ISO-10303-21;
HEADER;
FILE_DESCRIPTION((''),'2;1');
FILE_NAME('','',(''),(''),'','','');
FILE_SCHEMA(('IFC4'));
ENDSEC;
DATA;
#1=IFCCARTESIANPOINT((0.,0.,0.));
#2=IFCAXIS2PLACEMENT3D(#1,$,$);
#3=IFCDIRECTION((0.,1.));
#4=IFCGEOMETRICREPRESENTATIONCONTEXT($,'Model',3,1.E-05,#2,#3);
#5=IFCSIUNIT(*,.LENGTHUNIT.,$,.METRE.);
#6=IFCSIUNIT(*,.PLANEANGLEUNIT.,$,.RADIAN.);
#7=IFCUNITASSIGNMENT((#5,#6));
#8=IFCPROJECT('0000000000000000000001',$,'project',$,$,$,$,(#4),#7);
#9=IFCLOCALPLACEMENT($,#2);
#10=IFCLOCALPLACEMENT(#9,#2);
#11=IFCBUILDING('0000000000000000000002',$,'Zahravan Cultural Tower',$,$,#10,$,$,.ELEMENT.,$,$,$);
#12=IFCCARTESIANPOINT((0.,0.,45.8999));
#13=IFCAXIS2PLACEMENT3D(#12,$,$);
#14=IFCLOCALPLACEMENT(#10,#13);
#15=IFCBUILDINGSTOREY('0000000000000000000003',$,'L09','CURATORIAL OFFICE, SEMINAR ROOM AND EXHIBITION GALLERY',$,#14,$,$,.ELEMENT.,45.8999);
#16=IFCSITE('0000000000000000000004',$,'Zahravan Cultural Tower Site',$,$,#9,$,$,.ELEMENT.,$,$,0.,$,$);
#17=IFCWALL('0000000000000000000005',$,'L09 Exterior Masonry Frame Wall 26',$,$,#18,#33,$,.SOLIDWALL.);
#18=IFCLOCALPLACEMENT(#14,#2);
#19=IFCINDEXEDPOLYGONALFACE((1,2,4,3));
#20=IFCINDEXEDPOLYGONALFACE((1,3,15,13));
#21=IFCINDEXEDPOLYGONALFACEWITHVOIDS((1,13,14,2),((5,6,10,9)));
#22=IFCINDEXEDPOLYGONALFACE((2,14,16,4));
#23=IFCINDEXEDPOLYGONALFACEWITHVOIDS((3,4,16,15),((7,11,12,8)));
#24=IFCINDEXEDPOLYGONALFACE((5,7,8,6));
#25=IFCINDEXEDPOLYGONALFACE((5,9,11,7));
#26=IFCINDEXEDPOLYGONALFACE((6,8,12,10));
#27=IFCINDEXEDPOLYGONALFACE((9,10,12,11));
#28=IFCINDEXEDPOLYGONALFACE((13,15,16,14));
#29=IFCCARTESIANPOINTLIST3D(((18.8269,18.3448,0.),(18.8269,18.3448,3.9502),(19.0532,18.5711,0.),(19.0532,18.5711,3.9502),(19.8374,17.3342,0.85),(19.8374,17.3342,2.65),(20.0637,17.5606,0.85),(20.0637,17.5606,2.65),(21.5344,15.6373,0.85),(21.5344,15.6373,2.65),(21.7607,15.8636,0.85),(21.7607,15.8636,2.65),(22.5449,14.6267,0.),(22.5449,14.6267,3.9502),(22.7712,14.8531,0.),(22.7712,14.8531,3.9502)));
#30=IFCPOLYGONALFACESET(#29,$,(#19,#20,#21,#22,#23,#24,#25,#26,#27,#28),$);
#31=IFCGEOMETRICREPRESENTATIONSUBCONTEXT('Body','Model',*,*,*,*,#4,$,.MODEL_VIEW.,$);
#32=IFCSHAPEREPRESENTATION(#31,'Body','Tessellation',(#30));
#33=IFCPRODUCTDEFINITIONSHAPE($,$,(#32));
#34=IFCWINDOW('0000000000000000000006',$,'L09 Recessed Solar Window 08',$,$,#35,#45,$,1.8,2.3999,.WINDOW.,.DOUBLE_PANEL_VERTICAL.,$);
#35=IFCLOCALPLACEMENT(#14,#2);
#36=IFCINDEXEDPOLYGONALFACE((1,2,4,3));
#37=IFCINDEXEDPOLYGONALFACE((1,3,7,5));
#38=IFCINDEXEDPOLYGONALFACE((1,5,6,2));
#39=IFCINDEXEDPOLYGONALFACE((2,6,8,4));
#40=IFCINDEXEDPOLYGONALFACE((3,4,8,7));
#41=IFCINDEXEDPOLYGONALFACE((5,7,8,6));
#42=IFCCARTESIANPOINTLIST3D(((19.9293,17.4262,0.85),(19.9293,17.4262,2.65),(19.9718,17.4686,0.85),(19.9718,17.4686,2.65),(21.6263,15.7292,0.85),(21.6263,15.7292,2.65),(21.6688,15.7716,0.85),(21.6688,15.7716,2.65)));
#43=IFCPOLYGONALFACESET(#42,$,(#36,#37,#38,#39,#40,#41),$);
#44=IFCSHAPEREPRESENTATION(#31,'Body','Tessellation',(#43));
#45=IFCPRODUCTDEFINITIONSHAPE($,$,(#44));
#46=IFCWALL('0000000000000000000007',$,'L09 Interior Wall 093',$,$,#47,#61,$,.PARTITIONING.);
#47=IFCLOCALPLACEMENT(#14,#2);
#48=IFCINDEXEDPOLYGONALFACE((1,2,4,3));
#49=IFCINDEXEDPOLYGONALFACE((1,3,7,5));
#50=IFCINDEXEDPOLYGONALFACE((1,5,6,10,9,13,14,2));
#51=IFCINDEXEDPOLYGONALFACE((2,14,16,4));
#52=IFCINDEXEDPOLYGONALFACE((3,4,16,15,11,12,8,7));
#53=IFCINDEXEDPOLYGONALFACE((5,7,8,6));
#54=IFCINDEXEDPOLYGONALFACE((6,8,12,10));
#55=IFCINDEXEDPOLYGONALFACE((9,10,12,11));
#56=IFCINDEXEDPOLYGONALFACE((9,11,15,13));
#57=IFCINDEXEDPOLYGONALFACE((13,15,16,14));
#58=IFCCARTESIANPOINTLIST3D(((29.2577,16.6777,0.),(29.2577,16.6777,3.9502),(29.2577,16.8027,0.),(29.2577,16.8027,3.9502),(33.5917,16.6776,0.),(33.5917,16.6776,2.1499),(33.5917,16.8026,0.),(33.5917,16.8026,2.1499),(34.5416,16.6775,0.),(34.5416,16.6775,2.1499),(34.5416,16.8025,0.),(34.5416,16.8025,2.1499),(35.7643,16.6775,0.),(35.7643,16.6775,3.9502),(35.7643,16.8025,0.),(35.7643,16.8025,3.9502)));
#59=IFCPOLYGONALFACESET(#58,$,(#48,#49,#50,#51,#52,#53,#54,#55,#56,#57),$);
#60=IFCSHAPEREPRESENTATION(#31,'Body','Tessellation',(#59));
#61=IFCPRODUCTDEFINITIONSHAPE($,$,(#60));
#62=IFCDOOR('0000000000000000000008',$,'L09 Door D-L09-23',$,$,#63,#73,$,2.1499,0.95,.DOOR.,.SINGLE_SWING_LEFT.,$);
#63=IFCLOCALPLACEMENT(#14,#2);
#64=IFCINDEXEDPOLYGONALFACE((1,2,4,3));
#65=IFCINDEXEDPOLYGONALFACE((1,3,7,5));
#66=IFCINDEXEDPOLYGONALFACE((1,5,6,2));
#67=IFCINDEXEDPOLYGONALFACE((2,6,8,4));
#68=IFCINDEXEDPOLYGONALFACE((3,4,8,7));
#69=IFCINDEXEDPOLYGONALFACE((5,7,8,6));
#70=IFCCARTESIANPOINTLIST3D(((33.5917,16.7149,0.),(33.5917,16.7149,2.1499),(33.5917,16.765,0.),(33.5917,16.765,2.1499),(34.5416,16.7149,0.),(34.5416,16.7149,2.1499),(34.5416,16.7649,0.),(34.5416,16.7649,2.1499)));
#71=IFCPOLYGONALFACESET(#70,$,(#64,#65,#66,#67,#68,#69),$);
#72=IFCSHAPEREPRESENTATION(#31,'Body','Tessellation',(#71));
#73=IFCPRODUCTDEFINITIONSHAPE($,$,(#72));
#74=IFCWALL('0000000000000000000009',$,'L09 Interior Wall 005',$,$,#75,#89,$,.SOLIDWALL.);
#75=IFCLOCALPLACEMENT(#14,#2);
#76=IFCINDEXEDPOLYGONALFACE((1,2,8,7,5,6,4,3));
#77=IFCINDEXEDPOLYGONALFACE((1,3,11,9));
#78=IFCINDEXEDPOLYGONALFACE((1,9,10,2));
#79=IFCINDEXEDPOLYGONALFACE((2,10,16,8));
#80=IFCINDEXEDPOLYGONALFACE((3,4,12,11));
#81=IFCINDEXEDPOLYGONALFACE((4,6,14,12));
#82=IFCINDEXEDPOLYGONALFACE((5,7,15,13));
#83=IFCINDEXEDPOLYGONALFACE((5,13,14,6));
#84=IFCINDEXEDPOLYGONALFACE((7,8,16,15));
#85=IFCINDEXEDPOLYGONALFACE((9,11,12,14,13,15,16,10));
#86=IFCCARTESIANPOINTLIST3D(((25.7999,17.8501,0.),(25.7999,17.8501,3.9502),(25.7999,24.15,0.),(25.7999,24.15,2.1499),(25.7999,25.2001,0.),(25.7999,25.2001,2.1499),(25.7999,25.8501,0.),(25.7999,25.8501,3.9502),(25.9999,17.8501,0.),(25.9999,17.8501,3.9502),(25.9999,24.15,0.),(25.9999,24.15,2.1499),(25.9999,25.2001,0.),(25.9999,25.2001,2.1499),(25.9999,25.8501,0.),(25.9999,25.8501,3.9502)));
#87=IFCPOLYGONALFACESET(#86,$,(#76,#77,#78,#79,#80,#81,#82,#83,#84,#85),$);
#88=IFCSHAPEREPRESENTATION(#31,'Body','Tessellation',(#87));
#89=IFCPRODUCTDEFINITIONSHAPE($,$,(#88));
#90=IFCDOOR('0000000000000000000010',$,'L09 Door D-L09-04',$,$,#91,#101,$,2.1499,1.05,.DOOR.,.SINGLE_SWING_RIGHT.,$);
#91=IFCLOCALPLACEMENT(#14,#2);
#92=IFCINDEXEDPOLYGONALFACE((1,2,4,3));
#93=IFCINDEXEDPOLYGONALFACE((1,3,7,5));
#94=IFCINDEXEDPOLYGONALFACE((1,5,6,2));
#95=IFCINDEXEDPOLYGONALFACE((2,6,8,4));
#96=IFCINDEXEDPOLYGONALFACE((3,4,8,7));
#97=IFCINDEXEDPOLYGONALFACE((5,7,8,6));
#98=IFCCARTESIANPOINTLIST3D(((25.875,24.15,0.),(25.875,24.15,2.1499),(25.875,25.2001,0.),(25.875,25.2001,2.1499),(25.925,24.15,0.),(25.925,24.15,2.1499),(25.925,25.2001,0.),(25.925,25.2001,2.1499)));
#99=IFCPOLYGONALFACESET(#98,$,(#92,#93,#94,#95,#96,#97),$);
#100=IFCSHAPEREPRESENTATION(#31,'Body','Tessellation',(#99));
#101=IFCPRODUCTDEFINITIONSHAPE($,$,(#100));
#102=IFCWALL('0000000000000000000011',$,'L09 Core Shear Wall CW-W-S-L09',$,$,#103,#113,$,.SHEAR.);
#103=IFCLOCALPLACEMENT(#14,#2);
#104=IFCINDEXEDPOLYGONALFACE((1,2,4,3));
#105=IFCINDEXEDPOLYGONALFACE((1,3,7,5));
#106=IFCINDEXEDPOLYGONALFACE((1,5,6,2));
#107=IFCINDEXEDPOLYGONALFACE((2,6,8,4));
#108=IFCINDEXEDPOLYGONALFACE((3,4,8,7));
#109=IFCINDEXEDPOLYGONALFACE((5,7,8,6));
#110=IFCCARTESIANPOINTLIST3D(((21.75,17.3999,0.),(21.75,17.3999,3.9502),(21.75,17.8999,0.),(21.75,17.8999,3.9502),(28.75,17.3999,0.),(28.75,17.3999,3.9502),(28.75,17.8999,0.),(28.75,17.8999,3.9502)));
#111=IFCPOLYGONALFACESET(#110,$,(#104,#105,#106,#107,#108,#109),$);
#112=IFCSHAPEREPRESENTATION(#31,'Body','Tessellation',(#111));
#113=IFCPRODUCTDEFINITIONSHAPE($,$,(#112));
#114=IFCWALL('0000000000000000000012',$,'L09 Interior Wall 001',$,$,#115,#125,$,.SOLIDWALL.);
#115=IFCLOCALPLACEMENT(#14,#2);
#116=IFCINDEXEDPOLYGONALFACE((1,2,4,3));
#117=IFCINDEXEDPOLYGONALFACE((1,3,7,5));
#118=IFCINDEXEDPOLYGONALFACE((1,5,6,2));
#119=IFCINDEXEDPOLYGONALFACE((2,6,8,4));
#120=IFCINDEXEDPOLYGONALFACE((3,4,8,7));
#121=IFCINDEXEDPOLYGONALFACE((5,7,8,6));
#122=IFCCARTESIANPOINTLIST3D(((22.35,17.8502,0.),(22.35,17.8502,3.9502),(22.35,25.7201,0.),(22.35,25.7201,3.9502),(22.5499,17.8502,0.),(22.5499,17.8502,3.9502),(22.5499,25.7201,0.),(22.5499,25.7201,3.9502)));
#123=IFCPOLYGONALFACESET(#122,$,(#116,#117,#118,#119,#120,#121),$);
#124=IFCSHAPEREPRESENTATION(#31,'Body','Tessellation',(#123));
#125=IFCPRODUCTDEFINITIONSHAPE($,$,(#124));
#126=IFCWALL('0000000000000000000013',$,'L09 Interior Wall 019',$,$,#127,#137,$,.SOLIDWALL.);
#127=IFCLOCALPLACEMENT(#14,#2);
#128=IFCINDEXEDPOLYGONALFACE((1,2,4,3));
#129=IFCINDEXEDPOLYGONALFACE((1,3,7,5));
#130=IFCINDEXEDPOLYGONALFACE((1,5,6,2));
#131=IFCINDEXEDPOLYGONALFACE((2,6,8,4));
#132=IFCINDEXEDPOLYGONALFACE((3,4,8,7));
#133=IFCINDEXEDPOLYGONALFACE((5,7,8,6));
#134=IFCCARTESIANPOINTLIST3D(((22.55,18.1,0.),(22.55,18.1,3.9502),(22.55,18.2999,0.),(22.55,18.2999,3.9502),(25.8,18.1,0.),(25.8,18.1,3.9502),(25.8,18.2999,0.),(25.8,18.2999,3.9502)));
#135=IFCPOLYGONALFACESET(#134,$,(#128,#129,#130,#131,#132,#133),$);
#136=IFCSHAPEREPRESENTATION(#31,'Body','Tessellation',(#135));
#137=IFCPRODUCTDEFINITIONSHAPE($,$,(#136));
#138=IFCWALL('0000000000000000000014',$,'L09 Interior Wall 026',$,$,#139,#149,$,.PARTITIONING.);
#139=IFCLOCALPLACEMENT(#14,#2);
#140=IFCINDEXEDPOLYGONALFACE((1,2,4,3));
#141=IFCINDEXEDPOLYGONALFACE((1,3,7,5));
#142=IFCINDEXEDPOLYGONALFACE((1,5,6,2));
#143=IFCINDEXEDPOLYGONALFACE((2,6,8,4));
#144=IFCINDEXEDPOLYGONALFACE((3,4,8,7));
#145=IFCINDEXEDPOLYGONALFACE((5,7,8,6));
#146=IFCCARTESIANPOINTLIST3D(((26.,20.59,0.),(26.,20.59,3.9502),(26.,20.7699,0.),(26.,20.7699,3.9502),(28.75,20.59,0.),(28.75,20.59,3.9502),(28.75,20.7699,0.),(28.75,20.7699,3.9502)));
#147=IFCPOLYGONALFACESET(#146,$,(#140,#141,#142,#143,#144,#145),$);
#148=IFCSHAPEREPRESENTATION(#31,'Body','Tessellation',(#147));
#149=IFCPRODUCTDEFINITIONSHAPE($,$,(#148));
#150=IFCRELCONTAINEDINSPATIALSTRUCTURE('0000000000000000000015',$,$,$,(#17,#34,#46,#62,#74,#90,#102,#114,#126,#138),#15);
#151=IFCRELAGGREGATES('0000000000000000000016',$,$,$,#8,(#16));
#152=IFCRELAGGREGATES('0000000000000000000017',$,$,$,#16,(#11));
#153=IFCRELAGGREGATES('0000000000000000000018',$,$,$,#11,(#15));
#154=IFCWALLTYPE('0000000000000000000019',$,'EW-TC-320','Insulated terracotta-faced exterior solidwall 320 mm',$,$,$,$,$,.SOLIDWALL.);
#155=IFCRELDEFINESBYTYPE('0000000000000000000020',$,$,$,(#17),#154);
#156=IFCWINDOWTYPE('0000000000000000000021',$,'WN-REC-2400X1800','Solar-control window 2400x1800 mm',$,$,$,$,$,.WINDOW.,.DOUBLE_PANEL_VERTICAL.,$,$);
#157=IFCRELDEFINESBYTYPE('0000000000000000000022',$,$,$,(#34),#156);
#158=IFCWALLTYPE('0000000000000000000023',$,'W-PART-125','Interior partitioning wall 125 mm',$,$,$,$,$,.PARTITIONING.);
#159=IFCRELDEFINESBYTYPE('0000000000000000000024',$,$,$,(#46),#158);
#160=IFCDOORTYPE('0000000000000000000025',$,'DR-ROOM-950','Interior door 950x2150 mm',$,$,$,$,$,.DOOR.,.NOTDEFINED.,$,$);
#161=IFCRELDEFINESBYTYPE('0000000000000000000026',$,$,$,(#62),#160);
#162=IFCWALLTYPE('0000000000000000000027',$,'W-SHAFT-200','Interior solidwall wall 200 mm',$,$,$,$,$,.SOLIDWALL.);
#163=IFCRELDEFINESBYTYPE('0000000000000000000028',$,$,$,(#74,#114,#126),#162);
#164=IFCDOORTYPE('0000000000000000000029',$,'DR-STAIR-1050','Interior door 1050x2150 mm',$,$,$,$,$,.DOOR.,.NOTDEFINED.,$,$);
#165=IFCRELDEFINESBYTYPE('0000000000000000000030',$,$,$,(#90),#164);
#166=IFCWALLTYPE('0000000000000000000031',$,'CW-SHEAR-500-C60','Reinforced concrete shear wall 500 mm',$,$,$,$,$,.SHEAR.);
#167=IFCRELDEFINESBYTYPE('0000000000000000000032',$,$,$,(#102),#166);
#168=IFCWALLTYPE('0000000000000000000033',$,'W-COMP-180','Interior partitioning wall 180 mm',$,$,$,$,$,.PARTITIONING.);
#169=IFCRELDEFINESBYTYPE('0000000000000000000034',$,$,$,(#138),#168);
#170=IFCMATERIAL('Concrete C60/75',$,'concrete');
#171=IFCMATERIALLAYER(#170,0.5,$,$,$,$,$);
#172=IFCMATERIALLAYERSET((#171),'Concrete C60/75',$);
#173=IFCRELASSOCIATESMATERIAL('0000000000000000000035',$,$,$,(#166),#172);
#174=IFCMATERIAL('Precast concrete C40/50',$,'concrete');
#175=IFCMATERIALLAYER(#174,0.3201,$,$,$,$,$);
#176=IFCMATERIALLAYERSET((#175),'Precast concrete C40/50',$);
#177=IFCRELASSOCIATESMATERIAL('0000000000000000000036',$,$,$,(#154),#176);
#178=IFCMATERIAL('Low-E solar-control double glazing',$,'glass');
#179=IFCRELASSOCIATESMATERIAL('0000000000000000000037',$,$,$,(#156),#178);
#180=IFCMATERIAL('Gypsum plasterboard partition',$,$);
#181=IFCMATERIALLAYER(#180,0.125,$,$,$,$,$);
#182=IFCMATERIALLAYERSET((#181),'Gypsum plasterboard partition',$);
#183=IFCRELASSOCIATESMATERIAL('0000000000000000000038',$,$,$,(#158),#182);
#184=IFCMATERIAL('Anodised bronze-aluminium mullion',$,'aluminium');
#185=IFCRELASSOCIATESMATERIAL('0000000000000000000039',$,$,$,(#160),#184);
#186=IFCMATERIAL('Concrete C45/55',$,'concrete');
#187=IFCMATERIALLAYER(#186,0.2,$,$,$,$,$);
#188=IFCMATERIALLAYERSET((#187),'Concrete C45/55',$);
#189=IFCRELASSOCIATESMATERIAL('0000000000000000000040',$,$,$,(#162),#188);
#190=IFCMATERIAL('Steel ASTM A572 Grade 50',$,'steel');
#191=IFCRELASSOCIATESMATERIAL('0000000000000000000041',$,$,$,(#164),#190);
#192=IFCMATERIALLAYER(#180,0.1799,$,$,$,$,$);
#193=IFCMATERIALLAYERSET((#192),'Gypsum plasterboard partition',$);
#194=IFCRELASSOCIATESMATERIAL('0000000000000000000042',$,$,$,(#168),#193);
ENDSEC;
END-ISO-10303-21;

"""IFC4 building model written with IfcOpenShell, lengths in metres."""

from ifc_helpers import new_model, si_unit, direction, frame, frame_2d, origin, place, context, subcontext, project, spatial, rectangle, extrude, source, transform, mapped, material, layer, layer_set, type_object, element, fill, save


model = new_model("IFC4")

# Units and contexts
model_context = context("Model", 3, precision=1e-05, world=origin(), true_north=direction((0.0, 1.0)))
body_context = subcontext(model_context, "Body", "Model", "MODEL_VIEW")
ifc_project = project(units=[si_unit("LENGTHUNIT", "METRE"), si_unit("PLANEANGLEUNIT", "RADIAN")], contexts=[model_context])

# Site, building, storey
site_placement = place(None, origin())
site = spatial("IfcSite", under=ifc_project, at=site_placement, Name="Zahravan Cultural Tower Site", CompositionType="ELEMENT", RefElevation=0.0)
building_placement = place(site_placement, origin())
building = spatial("IfcBuilding", under=site, at=building_placement, Name="Zahravan Cultural Tower", CompositionType="ELEMENT")
storey_placement = place(building_placement, frame((0.0, 0.0, 45.8999)))
storey = spatial("IfcBuildingStorey", under=building, at=storey_placement, Name="L09", Description="CURATORIAL OFFICE, SEMINAR ROOM AND EXHIBITION GALLERY", CompositionType="ELEMENT", Elevation=45.8999)

# Shared definitions
ifc_material_1 = material(Name="Concrete C60/75", Category="concrete")

# Shared definitions
ifc_material_2 = material(Name="Anodised bronze-aluminium mullion", Category="aluminium")
ifc_material_3 = material(Name="Low-E solar-control double glazing", Category="glass")

# Shared definitions
ifc_layer_1 = layer(ifc_material_1, 0.5)
ifc_layer_set_1 = layer_set([ifc_layer_1], Name="Concrete C60/75")
wall_type_1 = type_object("IfcWallType", Name="CW-SHEAR-500-C60", Description="Reinforced concrete shear wall 500 mm", PredefinedType="SHEAR", material=ifc_layer_set_1)
ifc_material_4 = material(Name="Steel ASTM A572 Grade 50", Category="steel")

# Wall, opening, window
ifc_material_5 = material(Name="Precast concrete C40/50", Category="concrete")
ifc_layer_2 = layer(ifc_material_5, 0.3201)
ifc_layer_set_2 = layer_set([ifc_layer_2], Name="Precast concrete C40/50")
wall_type_2 = type_object("IfcWallType", Name="EW-TC-320", Description="Insulated terracotta-faced exterior solidwall 320 mm", PredefinedType="SOLIDWALL", material=ifc_layer_set_2)
window_type = type_object("IfcWindowType", Name="WN-REC-2400X1800", Description="Solar-control window 2400x1800 mm", PartitioningType="DOUBLE_PANEL_VERTICAL", PredefinedType="WINDOW", material=ifc_material_3)
shared_shape_1 = source(origin(), body_context, "Body", "SweptSolid", [
    extrude(rectangle(XDim=2.3999, YDim=1.8, at=frame_2d((1.2, 0.8999))), frame((0.0, 0.03, 0.0), z_axis=(0.0, -1.0, 0.0), x_axis=(1.0, 0.0, 0.0)), (0.0, 0.0, 1.0), 0.0601),
])
wall_1_placement = place(storey_placement, frame((22.658, 14.74, 0.0), z_axis=(0.0, 0.0, 1.0), x_axis=(-0.707107, 0.707107, 0.0)))
wall_1 = element("IfcWall", 1, at=wall_1_placement, inside=storey, type_object=wall_type_2, Name="L09 Exterior Masonry Frame Wall 26", PredefinedType="SOLIDWALL", context=body_context, shape_type="SweptSolid", body=[
    extrude(rectangle(XDim=5.2581, YDim=0.3201, at=frame_2d((2.6289, 0.0))), origin(), (0.0, 0.0, 1.0), 3.9502),
])
opening_1_placement = place(wall_1_placement, frame((1.429, 0.0, 0.8501)))
opening_1 = element("IfcOpeningElement", 2, at=opening_1_placement, cuts=wall_1, PredefinedType="OPENING", context=body_context, shape_type="SweptSolid", body=[
    extrude(rectangle(XDim=2.3999, YDim=1.8, at=frame_2d((1.2, 0.8999))), frame((0.0, 0.1699, 0.0), z_axis=(0.0, -1.0, 0.0), x_axis=(1.0, 0.0, 0.0)), (0.0, 0.0, 1.0), 0.3401),
])
window_1_placement = place(opening_1_placement, origin())
window_1 = element("IfcWindow", 3, at=window_1_placement, inside=storey, type_object=window_type, Name="L09 Recessed Solar Window 08", OverallHeight=1.8, OverallWidth=2.3999, PartitioningType="DOUBLE_PANEL_VERTICAL", PredefinedType="WINDOW", context=body_context, shape_type="MappedRepresentation", body=[
    mapped(shared_shape_1, transform((0.0, 0.0, 0.0), x_axis=(1.0, 0.0, 0.0), y_axis=(0.0, 1.0, 0.0), z_axis=(0.0, 0.0, 1.0), scale=1.0)),
])
fill(opening_1, window_1)

# Walls, openings, doors
ifc_material_6 = material(Name="Gypsum plasterboard partition")
ifc_layer_3 = layer(ifc_material_6, 0.125)
ifc_layer_set_3 = layer_set([ifc_layer_3], Name="Gypsum plasterboard partition")
wall_type_3 = type_object("IfcWallType", Name="W-PART-125", Description="Interior partitioning wall 125 mm", PredefinedType="PARTITIONING", material=ifc_layer_set_3)
wall_2_placement = place(storey_placement, frame((29.2576, 16.7402, 0.0), z_axis=(0.0, 0.0, 1.0), x_axis=(1.0, -0.000038, 0.0)))
wall_2 = element("IfcWall", 4, at=wall_2_placement, inside=storey, type_object=wall_type_3, Name="L09 Interior Wall 093", PredefinedType="PARTITIONING", context=body_context, shape_type="SweptSolid", body=[
    extrude(rectangle(XDim=6.5066, YDim=0.125, at=frame_2d((3.2534, 0.0))), origin(), (0.0, 0.0, 1.0), 3.9502),
])
opening_2_placement = place(wall_2_placement, frame((4.334, 0.0, 0.0)))
opening_2 = element("IfcOpeningElement", 5, at=opening_2_placement, cuts=wall_2, PredefinedType="OPENING", context=body_context, shape_type="SweptSolid", body=[
    extrude(rectangle(XDim=0.95, YDim=2.1499, at=frame_2d((0.4751, 1.075))), frame((0.0, 0.0725, 0.0), z_axis=(0.0, -1.0, 0.0), x_axis=(1.0, 0.0, 0.0)), (0.0, 0.0, 1.0), 0.145),
])
door_type_1 = type_object("IfcDoorType", Name="DR-ROOM-950", Description="Interior door 950x2150 mm", OperationType="NOTDEFINED", PredefinedType="DOOR", material=ifc_material_2)
shared_shape_2 = source(origin(), body_context, "Body", "SweptSolid", [
    extrude(rectangle(XDim=0.95, YDim=2.1499, at=frame_2d((0.4751, 1.075))), frame((0.0, 0.0249, 0.0), z_axis=(0.0, -1.0, 0.0), x_axis=(1.0, 0.0, 0.0)), (0.0, 0.0, 1.0), 0.05),
])
door_1_placement = place(opening_2_placement, origin())
door_1 = element("IfcDoor", 6, at=door_1_placement, inside=storey, type_object=door_type_1, Name="L09 Door D-L09-23", OperationType="SINGLE_SWING_LEFT", OverallHeight=2.1499, OverallWidth=0.95, PredefinedType="DOOR", context=body_context, shape_type="MappedRepresentation", body=[
    mapped(shared_shape_2, transform((0.0, 0.0, 0.0), x_axis=(1.0, 0.0, 0.0), y_axis=(0.0, 1.0, 0.0), z_axis=(0.0, 0.0, 1.0), scale=1.0)),
])
fill(opening_2, door_1)
ifc_material_7 = material(Name="Concrete C45/55", Category="concrete")
ifc_layer_4 = layer(ifc_material_7, 0.2)
ifc_layer_set_4 = layer_set([ifc_layer_4], Name="Concrete C45/55")
wall_type_4 = type_object("IfcWallType", Name="W-SHAFT-200", Description="Interior solidwall wall 200 mm", PredefinedType="SOLIDWALL", material=ifc_layer_set_4)
wall_3_placement = place(storey_placement, frame((25.8999, 17.8501, 0.0), z_axis=(0.0, 0.0, 1.0), x_axis=(0.0, 1.0, 0.0)))
wall_3 = element("IfcWall", 7, at=wall_3_placement, inside=storey, type_object=wall_type_4, Name="L09 Interior Wall 005", PredefinedType="SOLIDWALL", context=body_context, shape_type="SweptSolid", body=[
    extrude(rectangle(XDim=8.0, YDim=0.2, at=frame_2d((4.0, 0.0))), origin(), (0.0, 0.0, 1.0), 3.9502),
])
opening_3_placement = place(wall_3_placement, frame((6.3, 0.0, 0.0)))
opening_3 = element("IfcOpeningElement", 8, at=opening_3_placement, cuts=wall_3, PredefinedType="OPENING", context=body_context, shape_type="SweptSolid", body=[
    extrude(rectangle(XDim=1.05, YDim=2.1499, at=frame_2d((0.5249, 1.075))), frame((0.0, 0.1099, 0.0), z_axis=(0.0, -1.0, 0.0), x_axis=(1.0, 0.0, 0.0)), (0.0, 0.0, 1.0), 0.22),
])
door_type_2 = type_object("IfcDoorType", Name="DR-STAIR-1050", Description="Interior door 1050x2150 mm", OperationType="NOTDEFINED", PredefinedType="DOOR", material=ifc_material_4)
shared_shape_3 = source(origin(), body_context, "Body", "SweptSolid", [
    extrude(rectangle(XDim=1.05, YDim=2.1499, at=frame_2d((0.5249, 1.075))), frame((0.0, 0.0249, 0.0), z_axis=(0.0, -1.0, 0.0), x_axis=(1.0, 0.0, 0.0)), (0.0, 0.0, 1.0), 0.05),
])
door_2_placement = place(opening_3_placement, origin())
door_2 = element("IfcDoor", 9, at=door_2_placement, inside=storey, type_object=door_type_2, Name="L09 Door D-L09-04", OperationType="SINGLE_SWING_RIGHT", OverallHeight=2.1499, OverallWidth=1.05, PredefinedType="DOOR", context=body_context, shape_type="MappedRepresentation", body=[
    mapped(shared_shape_3, transform((0.0, 0.0, 0.0), x_axis=(1.0, 0.0, 0.0), y_axis=(0.0, 1.0, 0.0), z_axis=(0.0, 0.0, 1.0), scale=1.0)),
])
fill(opening_3, door_2)

# Walls
shared_shape_4 = source(origin(), body_context, "Body", "SweptSolid", [
    extrude(rectangle(XDim=7.0, YDim=0.5, at=frame_2d((3.5, 0.0))), origin(), (0.0, 0.0, 1.0), 3.9502),
])
wall_4_placement = place(storey_placement, frame((21.75, 17.6499, 0.0), z_axis=(0.0, 0.0, 1.0), x_axis=(1.0, 0.0, 0.0)))
element("IfcWall", 10, at=wall_4_placement, inside=storey, type_object=wall_type_1, Name="L09 Core Shear Wall CW-W-S-L09", PredefinedType="SHEAR", context=body_context, shape_type="MappedRepresentation", body=[
    mapped(shared_shape_4, transform((0.0, 0.0, 0.0), x_axis=(1.0, 0.0, 0.0), y_axis=(0.0, 1.0, 0.0), z_axis=(0.0, 0.0, 1.0), scale=1.0)),
])
shared_shape_5 = source(origin(), body_context, "Body", "SweptSolid", [
    extrude(rectangle(XDim=7.8699, YDim=0.2, at=frame_2d((3.9351, 0.0))), origin(), (0.0, 0.0, 1.0), 3.9502),
])
wall_5_placement = place(storey_placement, frame((22.45, 17.8501, 0.0), z_axis=(0.0, 0.0, 1.0), x_axis=(0.0, 1.0, 0.0)))
element("IfcWall", 11, at=wall_5_placement, inside=storey, type_object=wall_type_4, Name="L09 Interior Wall 001", PredefinedType="SOLIDWALL", context=body_context, shape_type="MappedRepresentation", body=[
    mapped(shared_shape_5, transform((0.0, 0.0, 0.0), x_axis=(1.0, 0.0, 0.0), y_axis=(0.0, 1.0, 0.0), z_axis=(0.0, 0.0, 1.0), scale=1.0)),
])
shared_shape_6 = source(origin(), body_context, "Body", "SweptSolid", [
    extrude(rectangle(XDim=3.25, YDim=0.2, at=frame_2d((1.625, 0.0))), origin(), (0.0, 0.0, 1.0), 3.9502),
])
wall_6_placement = place(storey_placement, frame((22.55, 18.2, 0.0), z_axis=(0.0, 0.0, 1.0), x_axis=(1.0, 0.0, 0.0)))
element("IfcWall", 12, at=wall_6_placement, inside=storey, type_object=wall_type_4, Name="L09 Interior Wall 019", PredefinedType="SOLIDWALL", context=body_context, shape_type="MappedRepresentation", body=[
    mapped(shared_shape_6, transform((0.0, 0.0, 0.0), x_axis=(1.0, 0.0, 0.0), y_axis=(0.0, 1.0, 0.0), z_axis=(0.0, 0.0, 1.0), scale=1.0)),
])
ifc_layer_5 = layer(ifc_material_6, 0.1799)
ifc_layer_set_5 = layer_set([ifc_layer_5], Name="Gypsum plasterboard partition")
wall_type_5 = type_object("IfcWallType", Name="W-COMP-180", Description="Interior partitioning wall 180 mm", PredefinedType="PARTITIONING", material=ifc_layer_set_5)
shared_shape_7 = source(origin(), body_context, "Body", "SweptSolid", [
    extrude(rectangle(XDim=2.75, YDim=0.1799, at=frame_2d((1.375, 0.0))), origin(), (0.0, 0.0, 1.0), 3.9502),
])
wall_7_placement = place(storey_placement, frame((26.0, 20.6799, 0.0), z_axis=(0.0, 0.0, 1.0), x_axis=(1.0, 0.0, 0.0)))
element("IfcWall", 13, at=wall_7_placement, inside=storey, type_object=wall_type_5, Name="L09 Interior Wall 026", PredefinedType="PARTITIONING", context=body_context, shape_type="MappedRepresentation", body=[
    mapped(shared_shape_7, transform((0.0, 0.0, 0.0), x_axis=(1.0, 0.0, 0.0), y_axis=(0.0, 1.0, 0.0), z_axis=(0.0, 0.0, 1.0), scale=1.0)),
])

save(model, "model.ifc")
